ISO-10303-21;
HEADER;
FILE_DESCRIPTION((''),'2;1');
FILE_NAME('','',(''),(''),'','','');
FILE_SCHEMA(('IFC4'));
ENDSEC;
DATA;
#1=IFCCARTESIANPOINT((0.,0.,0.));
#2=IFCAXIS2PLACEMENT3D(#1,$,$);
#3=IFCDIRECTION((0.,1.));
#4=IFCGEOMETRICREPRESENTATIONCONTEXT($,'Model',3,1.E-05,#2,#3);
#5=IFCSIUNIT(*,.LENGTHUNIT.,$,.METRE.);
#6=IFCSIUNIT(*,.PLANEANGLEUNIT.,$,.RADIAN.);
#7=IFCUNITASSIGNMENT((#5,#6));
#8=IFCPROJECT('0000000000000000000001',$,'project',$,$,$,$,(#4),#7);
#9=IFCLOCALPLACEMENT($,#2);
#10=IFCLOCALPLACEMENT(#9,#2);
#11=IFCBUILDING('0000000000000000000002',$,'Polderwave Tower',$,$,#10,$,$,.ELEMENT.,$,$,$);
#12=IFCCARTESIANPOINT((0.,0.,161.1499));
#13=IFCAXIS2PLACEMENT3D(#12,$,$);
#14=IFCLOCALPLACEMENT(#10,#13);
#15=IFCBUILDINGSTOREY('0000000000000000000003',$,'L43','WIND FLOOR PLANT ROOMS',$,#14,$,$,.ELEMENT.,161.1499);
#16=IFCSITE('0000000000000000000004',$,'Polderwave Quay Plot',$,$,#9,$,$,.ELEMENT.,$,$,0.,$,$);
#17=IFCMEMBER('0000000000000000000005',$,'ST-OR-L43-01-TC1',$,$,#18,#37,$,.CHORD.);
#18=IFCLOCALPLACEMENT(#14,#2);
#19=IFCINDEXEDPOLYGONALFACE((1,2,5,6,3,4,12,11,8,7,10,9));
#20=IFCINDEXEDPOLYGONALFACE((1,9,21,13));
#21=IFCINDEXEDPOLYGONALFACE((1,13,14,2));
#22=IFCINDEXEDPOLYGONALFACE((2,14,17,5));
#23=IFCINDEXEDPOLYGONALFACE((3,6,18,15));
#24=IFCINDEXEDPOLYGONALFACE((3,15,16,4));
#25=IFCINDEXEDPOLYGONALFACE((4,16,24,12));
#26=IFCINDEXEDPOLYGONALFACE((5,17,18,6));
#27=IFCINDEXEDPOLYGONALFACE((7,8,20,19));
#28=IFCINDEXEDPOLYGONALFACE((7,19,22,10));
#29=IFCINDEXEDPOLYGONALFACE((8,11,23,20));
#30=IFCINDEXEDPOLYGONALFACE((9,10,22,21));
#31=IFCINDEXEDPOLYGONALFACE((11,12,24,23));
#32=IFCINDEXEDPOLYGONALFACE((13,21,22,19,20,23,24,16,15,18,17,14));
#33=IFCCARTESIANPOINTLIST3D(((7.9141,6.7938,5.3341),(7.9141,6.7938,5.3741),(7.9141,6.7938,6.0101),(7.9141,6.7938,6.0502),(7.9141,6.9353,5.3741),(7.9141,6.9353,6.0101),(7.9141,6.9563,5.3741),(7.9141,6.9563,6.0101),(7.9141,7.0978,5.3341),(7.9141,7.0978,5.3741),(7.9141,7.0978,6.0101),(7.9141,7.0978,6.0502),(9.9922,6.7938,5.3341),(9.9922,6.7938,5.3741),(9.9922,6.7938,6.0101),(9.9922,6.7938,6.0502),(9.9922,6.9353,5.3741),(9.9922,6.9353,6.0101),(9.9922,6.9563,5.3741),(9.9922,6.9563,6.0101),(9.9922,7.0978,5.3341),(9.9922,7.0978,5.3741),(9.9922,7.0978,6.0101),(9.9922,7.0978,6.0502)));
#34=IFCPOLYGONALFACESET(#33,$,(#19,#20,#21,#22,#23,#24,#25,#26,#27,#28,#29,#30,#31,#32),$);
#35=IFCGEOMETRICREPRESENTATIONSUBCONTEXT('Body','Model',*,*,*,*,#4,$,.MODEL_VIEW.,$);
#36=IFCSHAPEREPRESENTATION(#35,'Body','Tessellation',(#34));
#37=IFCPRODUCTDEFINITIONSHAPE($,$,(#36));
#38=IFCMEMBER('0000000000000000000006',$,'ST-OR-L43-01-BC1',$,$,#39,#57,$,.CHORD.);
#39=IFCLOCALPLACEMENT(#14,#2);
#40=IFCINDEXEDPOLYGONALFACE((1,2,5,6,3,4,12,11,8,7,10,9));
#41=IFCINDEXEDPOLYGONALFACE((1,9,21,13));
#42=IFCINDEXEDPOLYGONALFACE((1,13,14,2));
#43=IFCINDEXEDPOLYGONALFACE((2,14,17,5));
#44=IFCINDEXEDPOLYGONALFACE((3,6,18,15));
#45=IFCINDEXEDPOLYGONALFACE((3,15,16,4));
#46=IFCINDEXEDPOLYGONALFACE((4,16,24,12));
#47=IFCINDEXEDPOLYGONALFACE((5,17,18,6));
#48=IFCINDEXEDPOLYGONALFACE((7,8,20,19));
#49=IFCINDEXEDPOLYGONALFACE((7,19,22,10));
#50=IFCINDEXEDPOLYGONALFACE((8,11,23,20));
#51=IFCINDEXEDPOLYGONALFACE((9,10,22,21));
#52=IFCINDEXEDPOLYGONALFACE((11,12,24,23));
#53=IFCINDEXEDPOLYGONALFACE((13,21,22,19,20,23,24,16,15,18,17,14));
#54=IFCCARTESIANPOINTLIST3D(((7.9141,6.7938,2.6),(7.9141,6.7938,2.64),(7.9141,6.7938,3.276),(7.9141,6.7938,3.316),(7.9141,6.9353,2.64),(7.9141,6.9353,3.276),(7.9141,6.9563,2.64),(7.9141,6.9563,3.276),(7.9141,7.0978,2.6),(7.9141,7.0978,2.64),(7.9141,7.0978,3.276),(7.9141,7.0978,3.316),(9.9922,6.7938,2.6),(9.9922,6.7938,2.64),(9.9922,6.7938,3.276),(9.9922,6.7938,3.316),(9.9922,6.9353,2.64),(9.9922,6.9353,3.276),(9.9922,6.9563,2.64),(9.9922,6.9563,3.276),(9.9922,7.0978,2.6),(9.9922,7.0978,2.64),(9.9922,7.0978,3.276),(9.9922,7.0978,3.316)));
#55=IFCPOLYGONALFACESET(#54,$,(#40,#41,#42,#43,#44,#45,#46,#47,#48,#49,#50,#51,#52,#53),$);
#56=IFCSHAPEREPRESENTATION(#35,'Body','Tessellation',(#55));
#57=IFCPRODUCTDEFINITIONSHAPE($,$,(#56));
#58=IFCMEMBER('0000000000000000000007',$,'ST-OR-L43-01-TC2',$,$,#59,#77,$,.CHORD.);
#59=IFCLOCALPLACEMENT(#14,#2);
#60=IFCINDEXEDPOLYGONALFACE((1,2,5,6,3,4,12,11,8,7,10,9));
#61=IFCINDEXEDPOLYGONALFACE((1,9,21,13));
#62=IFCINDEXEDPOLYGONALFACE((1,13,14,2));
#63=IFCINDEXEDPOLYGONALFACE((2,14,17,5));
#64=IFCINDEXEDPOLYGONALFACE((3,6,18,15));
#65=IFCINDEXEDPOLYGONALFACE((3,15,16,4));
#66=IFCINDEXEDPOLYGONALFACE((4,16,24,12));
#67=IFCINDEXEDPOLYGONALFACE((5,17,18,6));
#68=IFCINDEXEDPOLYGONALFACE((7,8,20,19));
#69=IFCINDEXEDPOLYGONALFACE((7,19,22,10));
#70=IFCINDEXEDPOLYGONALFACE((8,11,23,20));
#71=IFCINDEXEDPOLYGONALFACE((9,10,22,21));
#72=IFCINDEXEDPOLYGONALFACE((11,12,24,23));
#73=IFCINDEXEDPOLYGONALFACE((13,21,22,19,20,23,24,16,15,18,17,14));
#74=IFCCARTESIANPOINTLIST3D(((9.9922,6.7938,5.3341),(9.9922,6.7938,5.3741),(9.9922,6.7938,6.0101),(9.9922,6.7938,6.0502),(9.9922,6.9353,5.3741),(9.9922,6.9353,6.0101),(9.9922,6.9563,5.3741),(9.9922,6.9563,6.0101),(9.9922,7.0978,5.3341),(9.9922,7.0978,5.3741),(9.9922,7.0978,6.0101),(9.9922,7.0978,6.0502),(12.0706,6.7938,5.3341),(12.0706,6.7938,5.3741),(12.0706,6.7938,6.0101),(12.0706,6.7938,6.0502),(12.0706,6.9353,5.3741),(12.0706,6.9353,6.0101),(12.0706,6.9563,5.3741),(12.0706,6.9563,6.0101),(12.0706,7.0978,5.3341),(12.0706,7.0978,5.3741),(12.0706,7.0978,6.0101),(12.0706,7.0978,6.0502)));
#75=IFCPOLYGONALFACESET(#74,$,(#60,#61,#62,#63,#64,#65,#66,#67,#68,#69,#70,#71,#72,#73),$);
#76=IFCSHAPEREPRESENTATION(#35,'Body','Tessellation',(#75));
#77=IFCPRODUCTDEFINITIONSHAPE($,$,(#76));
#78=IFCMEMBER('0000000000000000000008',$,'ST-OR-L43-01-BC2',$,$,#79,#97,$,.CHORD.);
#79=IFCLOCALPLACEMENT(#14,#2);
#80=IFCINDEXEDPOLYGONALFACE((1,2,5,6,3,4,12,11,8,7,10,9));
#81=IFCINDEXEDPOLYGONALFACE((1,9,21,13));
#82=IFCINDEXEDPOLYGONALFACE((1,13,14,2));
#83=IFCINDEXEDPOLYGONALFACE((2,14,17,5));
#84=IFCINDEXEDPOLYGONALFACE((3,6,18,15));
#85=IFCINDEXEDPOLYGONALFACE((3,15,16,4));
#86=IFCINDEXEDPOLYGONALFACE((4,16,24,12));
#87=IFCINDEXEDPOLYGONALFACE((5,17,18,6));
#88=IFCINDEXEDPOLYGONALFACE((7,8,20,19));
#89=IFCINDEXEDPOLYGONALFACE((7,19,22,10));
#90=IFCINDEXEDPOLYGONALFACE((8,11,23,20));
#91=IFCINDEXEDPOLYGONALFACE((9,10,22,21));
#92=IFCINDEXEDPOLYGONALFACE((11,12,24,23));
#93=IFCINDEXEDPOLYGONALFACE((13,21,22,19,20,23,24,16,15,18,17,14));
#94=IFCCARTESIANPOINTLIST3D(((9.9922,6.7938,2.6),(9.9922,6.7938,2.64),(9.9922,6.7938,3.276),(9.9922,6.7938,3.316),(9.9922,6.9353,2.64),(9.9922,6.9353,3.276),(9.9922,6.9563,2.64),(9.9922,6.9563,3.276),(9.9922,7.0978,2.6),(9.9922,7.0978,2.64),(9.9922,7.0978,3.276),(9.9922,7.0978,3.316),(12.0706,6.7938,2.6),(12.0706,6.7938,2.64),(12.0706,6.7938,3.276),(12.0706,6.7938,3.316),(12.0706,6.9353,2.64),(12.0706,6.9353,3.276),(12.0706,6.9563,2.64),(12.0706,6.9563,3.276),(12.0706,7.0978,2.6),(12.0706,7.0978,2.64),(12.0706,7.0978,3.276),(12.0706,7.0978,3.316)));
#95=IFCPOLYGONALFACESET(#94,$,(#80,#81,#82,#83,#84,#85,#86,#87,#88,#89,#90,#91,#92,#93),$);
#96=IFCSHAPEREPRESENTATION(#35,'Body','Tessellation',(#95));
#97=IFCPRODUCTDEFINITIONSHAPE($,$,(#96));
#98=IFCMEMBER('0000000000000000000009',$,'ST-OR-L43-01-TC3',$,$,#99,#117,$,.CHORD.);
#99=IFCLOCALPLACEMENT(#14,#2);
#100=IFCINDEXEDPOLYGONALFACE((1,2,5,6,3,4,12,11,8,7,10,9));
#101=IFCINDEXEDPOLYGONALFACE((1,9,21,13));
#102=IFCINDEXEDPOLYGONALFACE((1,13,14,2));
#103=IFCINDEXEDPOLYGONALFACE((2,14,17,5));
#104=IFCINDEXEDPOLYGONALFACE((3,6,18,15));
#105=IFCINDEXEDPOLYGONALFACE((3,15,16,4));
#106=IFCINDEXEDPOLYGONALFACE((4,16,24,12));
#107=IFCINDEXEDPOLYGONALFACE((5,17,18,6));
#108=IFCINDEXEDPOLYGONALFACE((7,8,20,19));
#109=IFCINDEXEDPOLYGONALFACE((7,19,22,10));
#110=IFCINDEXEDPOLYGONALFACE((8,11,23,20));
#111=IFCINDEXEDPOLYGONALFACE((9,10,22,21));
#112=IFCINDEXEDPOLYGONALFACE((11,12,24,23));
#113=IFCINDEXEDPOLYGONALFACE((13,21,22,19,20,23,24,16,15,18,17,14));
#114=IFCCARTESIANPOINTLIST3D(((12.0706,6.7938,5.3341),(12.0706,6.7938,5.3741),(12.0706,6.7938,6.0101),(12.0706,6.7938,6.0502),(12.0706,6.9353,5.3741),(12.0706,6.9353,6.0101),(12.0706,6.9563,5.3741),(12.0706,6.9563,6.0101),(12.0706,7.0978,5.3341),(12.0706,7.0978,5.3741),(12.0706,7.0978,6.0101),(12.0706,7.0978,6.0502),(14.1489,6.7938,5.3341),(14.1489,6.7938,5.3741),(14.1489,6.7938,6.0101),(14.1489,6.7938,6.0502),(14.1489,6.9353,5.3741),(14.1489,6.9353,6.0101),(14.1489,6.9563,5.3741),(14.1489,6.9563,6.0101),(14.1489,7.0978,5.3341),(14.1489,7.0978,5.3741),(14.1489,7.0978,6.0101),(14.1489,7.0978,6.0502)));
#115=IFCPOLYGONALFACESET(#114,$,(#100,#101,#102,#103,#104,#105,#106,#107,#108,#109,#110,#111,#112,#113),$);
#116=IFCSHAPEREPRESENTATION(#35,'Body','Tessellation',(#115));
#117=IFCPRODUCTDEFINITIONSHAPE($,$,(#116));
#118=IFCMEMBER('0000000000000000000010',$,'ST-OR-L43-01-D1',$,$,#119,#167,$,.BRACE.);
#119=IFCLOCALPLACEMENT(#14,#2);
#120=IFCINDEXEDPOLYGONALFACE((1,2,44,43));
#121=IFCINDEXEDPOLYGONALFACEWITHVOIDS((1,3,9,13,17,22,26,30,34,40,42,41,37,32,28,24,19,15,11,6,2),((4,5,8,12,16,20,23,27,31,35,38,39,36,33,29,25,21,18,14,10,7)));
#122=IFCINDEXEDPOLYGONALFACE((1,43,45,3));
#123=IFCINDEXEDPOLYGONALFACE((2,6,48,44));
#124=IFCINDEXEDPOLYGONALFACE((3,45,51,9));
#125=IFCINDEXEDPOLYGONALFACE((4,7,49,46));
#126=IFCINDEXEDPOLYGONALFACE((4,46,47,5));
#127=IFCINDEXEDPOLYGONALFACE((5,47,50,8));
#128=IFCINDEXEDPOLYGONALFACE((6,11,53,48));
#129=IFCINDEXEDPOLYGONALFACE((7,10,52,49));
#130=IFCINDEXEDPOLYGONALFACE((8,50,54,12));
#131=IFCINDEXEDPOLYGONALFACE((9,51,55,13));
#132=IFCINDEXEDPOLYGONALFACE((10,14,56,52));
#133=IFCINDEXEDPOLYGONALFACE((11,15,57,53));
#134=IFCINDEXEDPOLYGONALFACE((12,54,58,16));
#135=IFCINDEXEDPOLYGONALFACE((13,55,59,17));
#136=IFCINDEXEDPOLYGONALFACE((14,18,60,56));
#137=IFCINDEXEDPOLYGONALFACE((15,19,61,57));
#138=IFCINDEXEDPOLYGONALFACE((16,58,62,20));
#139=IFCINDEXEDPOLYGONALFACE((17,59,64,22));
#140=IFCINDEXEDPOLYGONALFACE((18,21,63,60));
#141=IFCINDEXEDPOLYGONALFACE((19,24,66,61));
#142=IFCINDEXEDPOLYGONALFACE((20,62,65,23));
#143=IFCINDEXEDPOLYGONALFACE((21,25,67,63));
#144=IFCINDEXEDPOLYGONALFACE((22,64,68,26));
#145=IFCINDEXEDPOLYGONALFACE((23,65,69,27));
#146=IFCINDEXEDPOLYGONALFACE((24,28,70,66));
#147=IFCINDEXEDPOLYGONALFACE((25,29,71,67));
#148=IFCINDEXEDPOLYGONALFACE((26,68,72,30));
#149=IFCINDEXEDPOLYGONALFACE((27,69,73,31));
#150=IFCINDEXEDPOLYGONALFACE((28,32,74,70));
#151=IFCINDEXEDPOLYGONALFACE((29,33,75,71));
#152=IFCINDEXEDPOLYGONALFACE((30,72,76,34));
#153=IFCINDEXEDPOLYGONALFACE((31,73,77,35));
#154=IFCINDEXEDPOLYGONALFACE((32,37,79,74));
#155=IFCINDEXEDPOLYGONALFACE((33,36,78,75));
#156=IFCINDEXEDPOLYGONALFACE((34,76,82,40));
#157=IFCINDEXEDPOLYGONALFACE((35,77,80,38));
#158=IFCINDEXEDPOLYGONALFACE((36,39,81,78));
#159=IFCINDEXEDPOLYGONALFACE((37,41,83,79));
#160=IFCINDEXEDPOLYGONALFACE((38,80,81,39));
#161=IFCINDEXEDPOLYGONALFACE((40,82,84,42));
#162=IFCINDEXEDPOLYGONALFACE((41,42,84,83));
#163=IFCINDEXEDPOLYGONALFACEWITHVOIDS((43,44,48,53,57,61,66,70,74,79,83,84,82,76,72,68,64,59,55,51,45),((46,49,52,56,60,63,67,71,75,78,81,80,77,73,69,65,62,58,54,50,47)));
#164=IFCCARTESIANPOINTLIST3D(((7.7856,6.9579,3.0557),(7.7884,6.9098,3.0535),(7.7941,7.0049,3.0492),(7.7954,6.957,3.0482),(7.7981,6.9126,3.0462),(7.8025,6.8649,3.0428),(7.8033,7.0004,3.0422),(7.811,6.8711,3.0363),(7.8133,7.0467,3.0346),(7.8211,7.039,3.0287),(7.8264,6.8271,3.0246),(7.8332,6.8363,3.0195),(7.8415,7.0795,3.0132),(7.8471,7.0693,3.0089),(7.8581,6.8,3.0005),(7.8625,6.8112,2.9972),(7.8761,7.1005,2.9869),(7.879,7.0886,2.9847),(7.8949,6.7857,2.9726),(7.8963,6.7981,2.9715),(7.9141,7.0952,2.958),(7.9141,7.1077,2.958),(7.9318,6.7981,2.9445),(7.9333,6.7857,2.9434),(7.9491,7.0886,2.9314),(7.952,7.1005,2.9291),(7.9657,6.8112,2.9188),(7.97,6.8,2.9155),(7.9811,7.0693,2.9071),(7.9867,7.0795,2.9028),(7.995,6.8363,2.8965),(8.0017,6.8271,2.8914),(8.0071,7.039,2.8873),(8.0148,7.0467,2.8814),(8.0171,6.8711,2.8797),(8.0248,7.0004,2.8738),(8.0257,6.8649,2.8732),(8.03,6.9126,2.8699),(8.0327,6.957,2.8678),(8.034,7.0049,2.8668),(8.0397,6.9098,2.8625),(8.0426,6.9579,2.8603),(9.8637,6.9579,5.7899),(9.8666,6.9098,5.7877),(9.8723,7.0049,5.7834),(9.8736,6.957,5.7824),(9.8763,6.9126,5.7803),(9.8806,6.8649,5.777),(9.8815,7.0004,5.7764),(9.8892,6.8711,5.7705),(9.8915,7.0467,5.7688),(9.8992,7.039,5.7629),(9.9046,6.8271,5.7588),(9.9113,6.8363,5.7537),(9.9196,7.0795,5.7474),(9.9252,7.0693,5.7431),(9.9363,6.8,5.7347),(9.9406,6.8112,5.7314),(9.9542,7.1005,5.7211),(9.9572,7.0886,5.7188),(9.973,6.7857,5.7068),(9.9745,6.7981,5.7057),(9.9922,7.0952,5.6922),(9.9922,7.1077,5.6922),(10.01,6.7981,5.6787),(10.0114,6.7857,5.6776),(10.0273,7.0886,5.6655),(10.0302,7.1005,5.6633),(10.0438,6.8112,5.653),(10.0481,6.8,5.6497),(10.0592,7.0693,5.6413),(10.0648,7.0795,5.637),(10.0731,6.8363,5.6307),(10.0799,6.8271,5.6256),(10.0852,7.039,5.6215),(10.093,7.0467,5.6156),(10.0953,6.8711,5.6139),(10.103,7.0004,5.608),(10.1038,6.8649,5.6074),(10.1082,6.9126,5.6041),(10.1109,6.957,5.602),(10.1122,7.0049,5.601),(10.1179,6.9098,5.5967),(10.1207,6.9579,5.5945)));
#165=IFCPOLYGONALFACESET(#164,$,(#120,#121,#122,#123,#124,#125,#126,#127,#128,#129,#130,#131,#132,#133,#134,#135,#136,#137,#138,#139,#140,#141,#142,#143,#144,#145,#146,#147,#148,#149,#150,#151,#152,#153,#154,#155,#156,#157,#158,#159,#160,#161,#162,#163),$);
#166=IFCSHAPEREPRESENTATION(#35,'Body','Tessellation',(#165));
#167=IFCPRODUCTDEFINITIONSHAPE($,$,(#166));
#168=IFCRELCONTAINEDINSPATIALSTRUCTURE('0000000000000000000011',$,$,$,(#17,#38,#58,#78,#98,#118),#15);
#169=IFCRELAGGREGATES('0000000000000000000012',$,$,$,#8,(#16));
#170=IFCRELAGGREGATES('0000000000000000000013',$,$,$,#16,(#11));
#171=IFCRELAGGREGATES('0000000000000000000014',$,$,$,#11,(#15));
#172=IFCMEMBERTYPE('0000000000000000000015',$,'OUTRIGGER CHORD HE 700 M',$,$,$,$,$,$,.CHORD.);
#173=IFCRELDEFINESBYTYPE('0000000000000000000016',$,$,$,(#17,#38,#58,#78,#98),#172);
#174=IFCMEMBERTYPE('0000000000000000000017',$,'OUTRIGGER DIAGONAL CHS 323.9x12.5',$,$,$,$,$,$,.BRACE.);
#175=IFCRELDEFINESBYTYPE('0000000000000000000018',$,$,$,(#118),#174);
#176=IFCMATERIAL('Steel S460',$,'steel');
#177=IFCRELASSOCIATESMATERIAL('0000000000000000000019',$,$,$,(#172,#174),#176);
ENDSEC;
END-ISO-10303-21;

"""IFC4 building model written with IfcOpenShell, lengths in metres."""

from ifc_helpers import new_model, si_unit, direction, frame, origin, origin_2d, place, context, subcontext, project, spatial, hollow_circle, i_section, extrude, material, material_profile, profile_set, type_object, element, save


model = new_model("IFC4")

# Units and contexts
model_context = context("Model", 3, precision=1e-05, world=origin(), true_north=direction((0.0, 1.0)))
body_context = subcontext(model_context, "Body", "Model", "MODEL_VIEW")
ifc_project = project(units=[si_unit("LENGTHUNIT", "METRE"), si_unit("PLANEANGLEUNIT", "RADIAN")], contexts=[model_context])

# Site, building, storey
site_placement = place(None, origin())
site = spatial("IfcSite", under=ifc_project, at=site_placement, Name="Polderwave Quay Plot", CompositionType="ELEMENT", RefElevation=0.0)
building_placement = place(site_placement, origin())
building = spatial("IfcBuilding", under=site, at=building_placement, Name="Polderwave Tower", CompositionType="ELEMENT")
storey_placement = place(building_placement, frame((0.0, 0.0, 161.1499)))
storey = spatial("IfcBuildingStorey", under=building, at=storey_placement, Name="L43", Description="WIND FLOOR PLANT ROOMS", CompositionType="ELEMENT", Elevation=161.1499)

# Members
ifc_material_1 = material(Name="Steel S460", Category="steel")
ifc_material_profile_1 = material_profile(ifc_material_1, i_section(OverallWidth=0.304, OverallDepth=0.7161, WebThickness=0.021, FlangeThickness=0.04, at=origin_2d()), Name="HE 700 M")
ifc_profile_set_1 = profile_set([ifc_material_profile_1], Name="Steel S460")
member_type_1 = type_object("IfcMemberType", Name="OUTRIGGER CHORD HE 700 M", PredefinedType="CHORD", material=ifc_profile_set_1)
for number, where, z_axis, x_axis, name in (
    (1, (7.9141, 6.9458, 5.6921), (1.0, 0.0, 0.0), (0.0, 1.0, 0.0), "ST-OR-L43-01-TC1"),
    (2, (7.9141, 6.9458, 2.958), (1.0, 0.0, 0.0), (0.0, 1.0, 0.0), "ST-OR-L43-01-BC1"),
):
    element("IfcMember", number, at=place(storey_placement, frame(where, z_axis=z_axis, x_axis=x_axis)), inside=storey, type_object=member_type_1, Name=name, PredefinedType="CHORD", context=body_context, shape_type="SweptSolid", body=[
        extrude(i_section(OverallWidth=0.304, OverallDepth=0.7161, WebThickness=0.021, FlangeThickness=0.04, at=origin_2d()), origin(), (0.0, 0.0, 1.0), 2.0781),
    ])
for number, where, z_axis, x_axis, name in (
    (3, (9.9922, 6.9458, 5.6921), (1.0, 0.0, 0.0), (0.0, 1.0, 0.0), "ST-OR-L43-01-TC2"),
    (4, (9.9922, 6.9458, 2.958), (1.0, 0.0, 0.0), (0.0, 1.0, 0.0), "ST-OR-L43-01-BC2"),
    (5, (12.0706, 6.9458, 5.6921), (1.0, 0.0, 0.0), (0.0, 1.0, 0.0), "ST-OR-L43-01-TC3"),
):
    element("IfcMember", number, at=place(storey_placement, frame(where, z_axis=z_axis, x_axis=x_axis)), inside=storey, type_object=member_type_1, Name=name, PredefinedType="CHORD", context=body_context, shape_type="SweptSolid", body=[
        extrude(i_section(OverallWidth=0.304, OverallDepth=0.7161, WebThickness=0.021, FlangeThickness=0.04, at=origin_2d()), origin(), (0.0, 0.0, 1.0), 2.0784),
    ])
ifc_material_profile_2 = material_profile(ifc_material_1, hollow_circle(Radius=0.1619, WallThickness=0.0125, at=origin_2d()), Name="CHS 323.9x12.5")
ifc_profile_set_2 = profile_set([ifc_material_profile_2], Name="Steel S460")
member_type_2 = type_object("IfcMemberType", Name="OUTRIGGER DIAGONAL CHS 323.9x12.5", PredefinedType="BRACE", material=ifc_profile_set_2)
for number, where, z_axis, x_axis, name in (
    (6, (7.9141, 6.9458, 2.958), (0.605118, 0.0, 0.796136), (0.0, 1.0, 0.0), "ST-OR-L43-01-D1"),
):
    element("IfcMember", number, at=place(storey_placement, frame(where, z_axis=z_axis, x_axis=x_axis)), inside=storey, type_object=member_type_2, Name=name, PredefinedType="BRACE", context=body_context, shape_type="SweptSolid", body=[
        extrude(hollow_circle(Radius=0.1619, WallThickness=0.0125, at=origin_2d()), origin(), (0.0, 0.0, 1.0), 3.4343),
    ])

save(model, "model.ifc")
